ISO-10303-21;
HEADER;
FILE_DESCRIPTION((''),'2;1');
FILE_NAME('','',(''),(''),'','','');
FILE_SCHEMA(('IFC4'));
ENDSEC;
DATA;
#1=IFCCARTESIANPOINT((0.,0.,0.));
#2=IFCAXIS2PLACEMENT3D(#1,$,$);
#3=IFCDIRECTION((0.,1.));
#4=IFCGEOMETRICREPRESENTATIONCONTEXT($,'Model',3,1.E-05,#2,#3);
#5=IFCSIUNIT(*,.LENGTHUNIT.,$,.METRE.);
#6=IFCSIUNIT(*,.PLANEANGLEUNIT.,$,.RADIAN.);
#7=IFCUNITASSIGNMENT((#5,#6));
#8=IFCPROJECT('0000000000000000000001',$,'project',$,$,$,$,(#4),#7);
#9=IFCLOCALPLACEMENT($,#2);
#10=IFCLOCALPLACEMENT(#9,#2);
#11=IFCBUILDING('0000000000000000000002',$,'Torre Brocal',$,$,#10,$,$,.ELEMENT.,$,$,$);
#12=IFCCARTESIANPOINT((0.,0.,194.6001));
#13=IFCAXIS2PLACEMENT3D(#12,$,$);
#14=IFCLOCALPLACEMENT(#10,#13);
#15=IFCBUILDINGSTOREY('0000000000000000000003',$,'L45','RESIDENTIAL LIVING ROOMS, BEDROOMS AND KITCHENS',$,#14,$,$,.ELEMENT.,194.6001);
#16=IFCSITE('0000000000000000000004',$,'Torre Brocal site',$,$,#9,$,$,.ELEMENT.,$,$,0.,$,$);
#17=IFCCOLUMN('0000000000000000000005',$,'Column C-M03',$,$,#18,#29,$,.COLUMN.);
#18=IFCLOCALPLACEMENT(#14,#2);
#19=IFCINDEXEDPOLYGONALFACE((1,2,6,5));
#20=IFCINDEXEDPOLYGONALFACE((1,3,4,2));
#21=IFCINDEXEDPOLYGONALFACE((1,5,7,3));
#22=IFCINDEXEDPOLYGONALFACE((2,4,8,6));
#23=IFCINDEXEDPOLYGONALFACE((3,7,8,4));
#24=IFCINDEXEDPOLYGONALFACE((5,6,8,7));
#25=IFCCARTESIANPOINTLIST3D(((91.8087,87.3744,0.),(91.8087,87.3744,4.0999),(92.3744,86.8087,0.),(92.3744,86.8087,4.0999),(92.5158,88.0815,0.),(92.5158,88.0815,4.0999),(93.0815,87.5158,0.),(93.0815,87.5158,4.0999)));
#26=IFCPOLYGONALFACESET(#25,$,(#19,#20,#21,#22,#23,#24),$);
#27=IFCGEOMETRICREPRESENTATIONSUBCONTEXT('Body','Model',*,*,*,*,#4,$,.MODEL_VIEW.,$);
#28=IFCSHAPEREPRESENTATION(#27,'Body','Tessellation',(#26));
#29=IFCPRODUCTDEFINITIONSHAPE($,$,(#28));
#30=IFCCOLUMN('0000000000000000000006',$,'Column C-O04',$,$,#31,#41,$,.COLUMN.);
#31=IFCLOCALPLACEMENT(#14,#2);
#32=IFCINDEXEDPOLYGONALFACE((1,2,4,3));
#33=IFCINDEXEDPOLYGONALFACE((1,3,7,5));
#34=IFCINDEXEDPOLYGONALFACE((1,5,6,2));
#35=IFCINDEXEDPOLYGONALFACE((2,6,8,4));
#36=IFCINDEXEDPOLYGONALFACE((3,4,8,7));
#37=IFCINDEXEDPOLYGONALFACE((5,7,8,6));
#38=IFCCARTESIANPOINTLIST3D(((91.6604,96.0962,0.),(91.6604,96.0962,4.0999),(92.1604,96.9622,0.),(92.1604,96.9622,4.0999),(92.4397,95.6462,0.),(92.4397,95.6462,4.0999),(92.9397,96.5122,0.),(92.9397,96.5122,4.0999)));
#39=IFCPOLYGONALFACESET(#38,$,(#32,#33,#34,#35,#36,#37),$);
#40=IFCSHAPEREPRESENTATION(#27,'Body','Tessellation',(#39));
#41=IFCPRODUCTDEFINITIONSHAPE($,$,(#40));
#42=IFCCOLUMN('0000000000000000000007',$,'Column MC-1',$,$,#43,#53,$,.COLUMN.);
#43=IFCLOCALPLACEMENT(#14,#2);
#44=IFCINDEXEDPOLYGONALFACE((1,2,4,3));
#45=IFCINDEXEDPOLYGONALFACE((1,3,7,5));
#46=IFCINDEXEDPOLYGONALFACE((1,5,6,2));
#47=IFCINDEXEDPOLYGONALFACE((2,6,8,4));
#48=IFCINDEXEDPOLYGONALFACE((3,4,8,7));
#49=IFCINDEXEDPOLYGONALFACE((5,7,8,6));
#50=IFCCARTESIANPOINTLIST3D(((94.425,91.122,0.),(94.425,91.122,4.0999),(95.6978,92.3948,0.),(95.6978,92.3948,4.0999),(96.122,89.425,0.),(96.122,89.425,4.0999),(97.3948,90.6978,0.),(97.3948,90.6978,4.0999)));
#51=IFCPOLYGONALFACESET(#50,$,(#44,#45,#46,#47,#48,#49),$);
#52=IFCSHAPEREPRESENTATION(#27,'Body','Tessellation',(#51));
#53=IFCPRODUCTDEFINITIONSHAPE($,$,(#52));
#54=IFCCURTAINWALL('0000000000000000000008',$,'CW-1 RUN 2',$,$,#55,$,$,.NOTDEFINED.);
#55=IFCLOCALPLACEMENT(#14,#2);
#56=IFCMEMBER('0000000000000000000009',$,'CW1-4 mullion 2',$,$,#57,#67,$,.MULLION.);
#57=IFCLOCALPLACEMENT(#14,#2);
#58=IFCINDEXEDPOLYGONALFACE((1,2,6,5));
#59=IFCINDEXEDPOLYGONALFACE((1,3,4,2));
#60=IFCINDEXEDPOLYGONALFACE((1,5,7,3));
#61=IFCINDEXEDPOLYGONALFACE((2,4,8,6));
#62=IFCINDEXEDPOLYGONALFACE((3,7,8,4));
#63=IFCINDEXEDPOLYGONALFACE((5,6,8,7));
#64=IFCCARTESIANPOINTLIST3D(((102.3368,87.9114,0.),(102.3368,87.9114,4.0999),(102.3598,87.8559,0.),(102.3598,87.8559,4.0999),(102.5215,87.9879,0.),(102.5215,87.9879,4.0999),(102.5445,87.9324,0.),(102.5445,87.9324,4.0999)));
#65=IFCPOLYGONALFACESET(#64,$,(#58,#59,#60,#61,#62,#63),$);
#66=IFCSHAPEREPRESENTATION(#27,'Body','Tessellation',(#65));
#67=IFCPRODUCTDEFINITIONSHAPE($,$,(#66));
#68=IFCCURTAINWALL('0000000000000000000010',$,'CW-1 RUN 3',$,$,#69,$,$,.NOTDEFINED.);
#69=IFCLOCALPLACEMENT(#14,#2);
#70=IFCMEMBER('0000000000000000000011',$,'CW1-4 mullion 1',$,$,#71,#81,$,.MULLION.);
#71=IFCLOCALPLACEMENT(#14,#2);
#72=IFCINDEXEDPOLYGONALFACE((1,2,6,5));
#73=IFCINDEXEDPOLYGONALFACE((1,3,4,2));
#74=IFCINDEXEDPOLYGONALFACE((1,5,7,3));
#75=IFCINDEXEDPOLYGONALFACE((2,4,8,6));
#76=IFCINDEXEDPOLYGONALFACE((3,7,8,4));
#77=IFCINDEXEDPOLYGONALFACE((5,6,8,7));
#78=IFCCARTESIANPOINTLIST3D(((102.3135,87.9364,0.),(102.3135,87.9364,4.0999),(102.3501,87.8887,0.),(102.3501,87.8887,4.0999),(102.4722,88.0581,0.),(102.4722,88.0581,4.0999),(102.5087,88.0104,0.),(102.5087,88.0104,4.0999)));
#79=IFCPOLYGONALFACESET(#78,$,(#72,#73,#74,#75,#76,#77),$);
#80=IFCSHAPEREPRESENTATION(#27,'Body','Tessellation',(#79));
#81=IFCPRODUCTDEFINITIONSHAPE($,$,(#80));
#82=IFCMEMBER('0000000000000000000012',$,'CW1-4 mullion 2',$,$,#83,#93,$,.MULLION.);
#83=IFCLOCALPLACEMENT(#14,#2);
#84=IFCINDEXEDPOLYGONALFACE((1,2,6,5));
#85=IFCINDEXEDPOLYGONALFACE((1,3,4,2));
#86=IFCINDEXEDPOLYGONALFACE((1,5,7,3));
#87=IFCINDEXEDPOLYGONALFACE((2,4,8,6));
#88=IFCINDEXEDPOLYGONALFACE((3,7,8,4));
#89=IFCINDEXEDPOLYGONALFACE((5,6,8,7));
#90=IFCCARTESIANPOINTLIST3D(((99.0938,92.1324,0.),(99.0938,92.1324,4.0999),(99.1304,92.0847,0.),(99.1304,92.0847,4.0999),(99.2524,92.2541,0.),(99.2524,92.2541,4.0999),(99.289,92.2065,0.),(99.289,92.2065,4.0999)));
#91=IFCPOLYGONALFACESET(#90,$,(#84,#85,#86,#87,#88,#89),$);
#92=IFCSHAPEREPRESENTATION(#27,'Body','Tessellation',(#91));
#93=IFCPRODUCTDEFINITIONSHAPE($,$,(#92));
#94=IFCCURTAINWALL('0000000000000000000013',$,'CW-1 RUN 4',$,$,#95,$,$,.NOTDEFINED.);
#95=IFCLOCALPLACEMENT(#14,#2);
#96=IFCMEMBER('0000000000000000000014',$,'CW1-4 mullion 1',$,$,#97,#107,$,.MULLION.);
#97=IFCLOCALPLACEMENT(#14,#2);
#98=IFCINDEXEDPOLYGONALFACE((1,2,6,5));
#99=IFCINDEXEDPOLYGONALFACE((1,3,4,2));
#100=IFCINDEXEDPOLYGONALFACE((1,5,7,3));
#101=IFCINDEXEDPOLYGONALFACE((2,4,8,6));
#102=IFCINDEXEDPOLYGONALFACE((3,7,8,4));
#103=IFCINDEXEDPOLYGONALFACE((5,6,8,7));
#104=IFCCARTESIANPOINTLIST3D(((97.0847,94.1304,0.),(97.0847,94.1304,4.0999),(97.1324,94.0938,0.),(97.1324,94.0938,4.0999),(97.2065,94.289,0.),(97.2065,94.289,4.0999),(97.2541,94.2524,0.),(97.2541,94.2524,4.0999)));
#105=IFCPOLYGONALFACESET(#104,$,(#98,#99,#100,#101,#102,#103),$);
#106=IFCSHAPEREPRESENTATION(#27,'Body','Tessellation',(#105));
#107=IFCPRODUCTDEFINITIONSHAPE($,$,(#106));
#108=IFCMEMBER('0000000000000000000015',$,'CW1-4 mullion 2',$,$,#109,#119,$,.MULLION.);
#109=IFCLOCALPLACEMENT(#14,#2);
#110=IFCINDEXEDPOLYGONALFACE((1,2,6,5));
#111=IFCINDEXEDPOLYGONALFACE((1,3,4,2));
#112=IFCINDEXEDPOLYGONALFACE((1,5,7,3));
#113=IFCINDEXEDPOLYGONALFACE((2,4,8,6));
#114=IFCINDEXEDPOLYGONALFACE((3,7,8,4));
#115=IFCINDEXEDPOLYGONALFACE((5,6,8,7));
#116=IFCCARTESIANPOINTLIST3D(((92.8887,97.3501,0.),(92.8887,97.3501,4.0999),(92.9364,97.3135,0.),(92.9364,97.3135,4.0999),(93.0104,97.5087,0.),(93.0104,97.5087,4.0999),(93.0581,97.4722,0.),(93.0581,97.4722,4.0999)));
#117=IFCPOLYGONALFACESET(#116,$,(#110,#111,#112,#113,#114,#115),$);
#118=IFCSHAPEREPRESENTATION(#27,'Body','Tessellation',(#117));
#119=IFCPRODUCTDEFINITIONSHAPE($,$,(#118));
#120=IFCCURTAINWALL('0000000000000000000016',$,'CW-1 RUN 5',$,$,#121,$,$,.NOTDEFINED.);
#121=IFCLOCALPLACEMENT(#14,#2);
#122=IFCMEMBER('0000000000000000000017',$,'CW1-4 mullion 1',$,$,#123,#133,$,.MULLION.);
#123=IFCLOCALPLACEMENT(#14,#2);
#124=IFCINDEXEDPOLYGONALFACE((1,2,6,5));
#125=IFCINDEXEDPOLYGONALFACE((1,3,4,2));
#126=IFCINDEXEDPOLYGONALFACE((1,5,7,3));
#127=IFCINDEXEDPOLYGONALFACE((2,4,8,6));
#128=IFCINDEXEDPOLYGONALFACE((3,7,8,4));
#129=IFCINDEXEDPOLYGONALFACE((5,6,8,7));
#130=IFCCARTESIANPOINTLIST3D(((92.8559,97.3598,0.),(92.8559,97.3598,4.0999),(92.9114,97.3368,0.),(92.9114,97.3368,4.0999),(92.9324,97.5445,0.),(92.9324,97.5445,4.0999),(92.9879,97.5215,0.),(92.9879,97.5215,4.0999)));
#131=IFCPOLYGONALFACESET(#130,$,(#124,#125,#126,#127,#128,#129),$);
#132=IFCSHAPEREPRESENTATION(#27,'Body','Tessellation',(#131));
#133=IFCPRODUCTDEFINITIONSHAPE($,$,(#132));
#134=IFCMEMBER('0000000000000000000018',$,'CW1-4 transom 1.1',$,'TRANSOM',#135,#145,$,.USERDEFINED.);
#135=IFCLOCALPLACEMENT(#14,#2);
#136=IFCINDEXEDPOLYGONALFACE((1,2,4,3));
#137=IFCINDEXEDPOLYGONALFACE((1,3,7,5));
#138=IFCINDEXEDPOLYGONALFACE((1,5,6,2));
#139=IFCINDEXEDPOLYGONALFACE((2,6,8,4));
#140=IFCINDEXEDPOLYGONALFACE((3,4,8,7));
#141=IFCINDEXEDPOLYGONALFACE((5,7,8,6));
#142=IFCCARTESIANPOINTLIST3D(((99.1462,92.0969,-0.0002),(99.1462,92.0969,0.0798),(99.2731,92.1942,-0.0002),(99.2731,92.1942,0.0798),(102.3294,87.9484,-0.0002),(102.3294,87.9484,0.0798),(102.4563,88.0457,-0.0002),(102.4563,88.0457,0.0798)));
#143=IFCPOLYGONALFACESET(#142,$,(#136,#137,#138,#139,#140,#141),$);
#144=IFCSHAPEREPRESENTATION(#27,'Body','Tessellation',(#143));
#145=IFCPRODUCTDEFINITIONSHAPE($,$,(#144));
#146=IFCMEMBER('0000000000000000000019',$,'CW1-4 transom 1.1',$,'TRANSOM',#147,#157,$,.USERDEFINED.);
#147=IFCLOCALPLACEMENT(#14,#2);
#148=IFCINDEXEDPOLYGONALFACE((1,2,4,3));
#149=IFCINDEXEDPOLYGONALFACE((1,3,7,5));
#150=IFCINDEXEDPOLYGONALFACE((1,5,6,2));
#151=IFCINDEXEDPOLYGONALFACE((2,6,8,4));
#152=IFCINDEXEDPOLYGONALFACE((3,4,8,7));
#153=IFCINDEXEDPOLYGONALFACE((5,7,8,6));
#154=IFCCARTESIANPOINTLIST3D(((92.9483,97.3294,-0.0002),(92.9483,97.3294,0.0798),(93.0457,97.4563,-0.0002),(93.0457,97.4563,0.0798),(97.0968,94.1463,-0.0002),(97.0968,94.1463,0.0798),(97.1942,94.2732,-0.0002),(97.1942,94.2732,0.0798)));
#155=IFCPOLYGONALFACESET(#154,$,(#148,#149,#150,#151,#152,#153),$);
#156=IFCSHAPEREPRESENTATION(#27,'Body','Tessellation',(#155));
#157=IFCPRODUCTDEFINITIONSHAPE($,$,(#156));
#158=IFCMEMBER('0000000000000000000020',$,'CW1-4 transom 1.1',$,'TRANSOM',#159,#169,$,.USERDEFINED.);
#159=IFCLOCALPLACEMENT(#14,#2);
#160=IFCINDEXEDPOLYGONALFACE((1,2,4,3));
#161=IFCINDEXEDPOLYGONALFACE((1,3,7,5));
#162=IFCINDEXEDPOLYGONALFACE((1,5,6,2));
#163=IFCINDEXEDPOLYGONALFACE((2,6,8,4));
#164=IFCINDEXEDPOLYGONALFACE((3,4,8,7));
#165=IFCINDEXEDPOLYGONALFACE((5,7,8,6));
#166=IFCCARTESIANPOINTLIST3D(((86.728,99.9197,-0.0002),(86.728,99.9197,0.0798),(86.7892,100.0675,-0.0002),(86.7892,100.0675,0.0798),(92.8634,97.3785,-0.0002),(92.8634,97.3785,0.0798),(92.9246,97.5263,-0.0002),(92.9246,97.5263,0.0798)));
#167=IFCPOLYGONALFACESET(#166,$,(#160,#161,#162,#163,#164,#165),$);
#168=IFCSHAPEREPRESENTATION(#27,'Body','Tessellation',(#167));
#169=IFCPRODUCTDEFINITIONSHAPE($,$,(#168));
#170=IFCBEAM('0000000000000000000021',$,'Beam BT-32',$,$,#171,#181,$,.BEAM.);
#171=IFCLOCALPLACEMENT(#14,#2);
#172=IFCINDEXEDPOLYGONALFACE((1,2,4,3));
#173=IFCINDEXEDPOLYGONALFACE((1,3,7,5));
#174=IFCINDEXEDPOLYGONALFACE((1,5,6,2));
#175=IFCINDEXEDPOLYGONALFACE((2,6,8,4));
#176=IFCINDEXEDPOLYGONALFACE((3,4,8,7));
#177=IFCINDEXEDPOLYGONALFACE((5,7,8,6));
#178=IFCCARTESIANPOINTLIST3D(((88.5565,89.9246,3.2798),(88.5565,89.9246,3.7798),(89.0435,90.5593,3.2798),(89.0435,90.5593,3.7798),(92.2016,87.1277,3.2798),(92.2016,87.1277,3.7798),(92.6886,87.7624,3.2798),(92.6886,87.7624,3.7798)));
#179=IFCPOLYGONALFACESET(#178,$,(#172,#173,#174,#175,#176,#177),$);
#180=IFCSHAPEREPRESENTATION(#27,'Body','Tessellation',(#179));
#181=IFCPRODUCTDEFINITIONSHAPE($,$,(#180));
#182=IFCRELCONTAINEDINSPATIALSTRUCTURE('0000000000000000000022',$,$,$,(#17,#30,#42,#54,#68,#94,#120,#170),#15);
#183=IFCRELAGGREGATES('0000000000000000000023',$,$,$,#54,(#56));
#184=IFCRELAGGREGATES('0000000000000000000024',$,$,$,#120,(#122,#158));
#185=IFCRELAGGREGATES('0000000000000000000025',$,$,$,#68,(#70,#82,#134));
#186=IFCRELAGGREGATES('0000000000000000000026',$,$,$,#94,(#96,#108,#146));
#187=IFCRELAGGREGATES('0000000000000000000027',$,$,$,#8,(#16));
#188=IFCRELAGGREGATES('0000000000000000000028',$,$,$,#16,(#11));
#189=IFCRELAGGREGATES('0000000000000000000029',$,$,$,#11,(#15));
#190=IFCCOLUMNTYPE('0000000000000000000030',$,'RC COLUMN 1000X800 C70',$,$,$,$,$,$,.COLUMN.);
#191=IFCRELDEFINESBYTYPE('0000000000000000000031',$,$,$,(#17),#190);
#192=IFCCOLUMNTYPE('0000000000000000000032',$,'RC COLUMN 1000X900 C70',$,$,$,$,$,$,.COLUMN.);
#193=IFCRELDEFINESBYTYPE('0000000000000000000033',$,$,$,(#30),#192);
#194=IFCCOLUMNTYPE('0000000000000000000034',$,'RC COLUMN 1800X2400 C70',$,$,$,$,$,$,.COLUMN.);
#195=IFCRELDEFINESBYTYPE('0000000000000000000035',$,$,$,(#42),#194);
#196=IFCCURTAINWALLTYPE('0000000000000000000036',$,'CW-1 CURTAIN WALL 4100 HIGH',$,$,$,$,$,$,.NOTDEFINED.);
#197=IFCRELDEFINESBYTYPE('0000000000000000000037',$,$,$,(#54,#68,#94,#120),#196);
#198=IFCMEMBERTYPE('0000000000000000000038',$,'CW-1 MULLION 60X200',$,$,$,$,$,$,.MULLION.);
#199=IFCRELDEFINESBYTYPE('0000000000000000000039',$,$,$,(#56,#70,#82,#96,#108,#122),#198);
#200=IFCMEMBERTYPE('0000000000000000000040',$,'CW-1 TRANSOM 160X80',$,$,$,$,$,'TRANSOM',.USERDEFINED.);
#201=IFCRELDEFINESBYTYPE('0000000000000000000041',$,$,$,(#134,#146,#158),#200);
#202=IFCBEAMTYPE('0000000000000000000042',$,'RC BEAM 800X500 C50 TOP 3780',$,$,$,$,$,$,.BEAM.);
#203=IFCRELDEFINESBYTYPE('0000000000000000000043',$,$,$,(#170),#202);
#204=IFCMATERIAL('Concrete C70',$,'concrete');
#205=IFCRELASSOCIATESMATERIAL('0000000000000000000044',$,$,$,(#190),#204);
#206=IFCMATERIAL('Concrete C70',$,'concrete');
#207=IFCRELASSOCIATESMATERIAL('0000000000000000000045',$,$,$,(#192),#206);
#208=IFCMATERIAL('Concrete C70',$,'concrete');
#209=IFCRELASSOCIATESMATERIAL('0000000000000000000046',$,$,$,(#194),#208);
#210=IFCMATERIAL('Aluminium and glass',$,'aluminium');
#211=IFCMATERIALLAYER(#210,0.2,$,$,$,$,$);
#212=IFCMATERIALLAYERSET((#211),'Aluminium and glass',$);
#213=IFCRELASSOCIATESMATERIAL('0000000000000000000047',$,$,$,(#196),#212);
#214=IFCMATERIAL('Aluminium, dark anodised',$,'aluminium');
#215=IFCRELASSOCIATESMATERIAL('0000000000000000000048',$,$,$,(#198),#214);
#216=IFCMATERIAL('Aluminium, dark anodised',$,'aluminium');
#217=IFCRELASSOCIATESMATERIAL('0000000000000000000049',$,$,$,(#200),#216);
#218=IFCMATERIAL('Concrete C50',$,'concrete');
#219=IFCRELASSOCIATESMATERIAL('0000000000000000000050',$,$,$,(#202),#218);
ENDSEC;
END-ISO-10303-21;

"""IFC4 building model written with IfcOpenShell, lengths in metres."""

from ifc_helpers import new_model, si_unit, direction, frame, origin, origin_2d, place, context, subcontext, project, spatial, rectangle, extrude, material, layer, layer_set, material_profile, profile_set, type_object, element, aggregate, save


model = new_model("IFC4")

# Units and contexts
model_context = context("Model", 3, precision=1e-05, world=origin(), true_north=direction((0.0, 1.0)))
body_context = subcontext(model_context, "Body", "Model", "MODEL_VIEW")
ifc_project = project(units=[si_unit("LENGTHUNIT", "METRE"), si_unit("PLANEANGLEUNIT", "RADIAN")], contexts=[model_context])

# Site, building, storey
site_placement = place(None, origin())
site = spatial("IfcSite", under=ifc_project, at=site_placement, Name="Torre Brocal site", CompositionType="ELEMENT", RefElevation=0.0)
building_placement = place(site_placement, origin())
building = spatial("IfcBuilding", under=site, at=building_placement, Name="Torre Brocal", CompositionType="ELEMENT")
storey_placement = place(building_placement, frame((0.0, 0.0, 194.6001)))
storey = spatial("IfcBuildingStorey", under=building, at=storey_placement, Name="L45", Description="RESIDENTIAL LIVING ROOMS, BEDROOMS AND KITCHENS", CompositionType="ELEMENT", Elevation=194.6001)

# Columns
ifc_material_1 = material(Name="Concrete C70", Category="concrete")
ifc_material_profile_1 = material_profile(ifc_material_1, rectangle(XDim=1.0, YDim=0.8, at=origin_2d()), Name="RC 1000X800")
ifc_profile_set_1 = profile_set([ifc_material_profile_1], Name="Concrete C70")
column_type_1 = type_object("IfcColumnType", Name="RC COLUMN 1000X800 C70", PredefinedType="COLUMN", material=ifc_profile_set_1)
column_1_placement = place(storey_placement, frame((92.4451, 87.4451, 0.0), z_axis=(0.0, 0.0, 1.0), x_axis=(0.707107, 0.707107, 0.0)))
element("IfcColumn", 1, at=column_1_placement, inside=storey, type_object=column_type_1, Name="Column C-M03", PredefinedType="COLUMN", context=body_context, shape_type="SweptSolid", body=[
    extrude(rectangle(XDim=1.0, YDim=0.8, at=origin_2d()), origin(), (0.0, 0.0, 1.0), 4.0999),
])
ifc_material_2 = material(Name="Concrete C70", Category="concrete")
ifc_material_profile_2 = material_profile(ifc_material_2, rectangle(XDim=1.0, YDim=0.8999, at=origin_2d()), Name="RC 1000X900")
ifc_profile_set_2 = profile_set([ifc_material_profile_2], Name="Concrete C70")
column_type_2 = type_object("IfcColumnType", Name="RC COLUMN 1000X900 C70", PredefinedType="COLUMN", material=ifc_profile_set_2)
column_2_placement = place(storey_placement, frame((92.3, 96.3042, 0.0), z_axis=(0.0, 0.0, 1.0), x_axis=(0.5, 0.866025, 0.0)))
element("IfcColumn", 2, at=column_2_placement, inside=storey, type_object=column_type_2, Name="Column C-O04", PredefinedType="COLUMN", context=body_context, shape_type="SweptSolid", body=[
    extrude(rectangle(XDim=1.0, YDim=0.8999, at=origin_2d()), origin(), (0.0, 0.0, 1.0), 4.0999),
])
ifc_material_3 = material(Name="Concrete C70", Category="concrete")
ifc_material_profile_3 = material_profile(ifc_material_3, rectangle(XDim=1.8, YDim=2.3999, at=origin_2d()), Name="RC 1800X2400")
ifc_profile_set_3 = profile_set([ifc_material_profile_3], Name="Concrete C70")
column_type_3 = type_object("IfcColumnType", Name="RC COLUMN 1800X2400 C70", PredefinedType="COLUMN", material=ifc_profile_set_3)
column_3_placement = place(storey_placement, frame((95.9099, 90.9099, 0.0), z_axis=(0.0, 0.0, 1.0), x_axis=(0.707107, 0.707107, 0.0)))
element("IfcColumn", 3, at=column_3_placement, inside=storey, type_object=column_type_3, Name="Column MC-1", PredefinedType="COLUMN", context=body_context, shape_type="SweptSolid", body=[
    extrude(rectangle(XDim=1.8, YDim=2.3999, at=origin_2d()), origin(), (0.0, 0.0, 1.0), 4.0999),
])

# Curtain wall, member
ifc_material_4 = material(Name="Aluminium and glass", Category="aluminium")
ifc_layer_1 = layer(ifc_material_4, 0.2)
ifc_layer_set_1 = layer_set([ifc_layer_1], Name="Aluminium and glass")
curtain_wall_type = type_object("IfcCurtainWallType", Name="CW-1 CURTAIN WALL 4100 HIGH", PredefinedType="NOTDEFINED", material=ifc_layer_set_1)
curtain_wall_1_placement = place(storey_placement, origin())
curtain_wall_1 = element("IfcCurtainWall", 4, at=curtain_wall_1_placement, inside=storey, type_object=curtain_wall_type, Name="CW-1 RUN 2", PredefinedType="NOTDEFINED")
ifc_material_5 = material(Name="Aluminium, dark anodised", Category="aluminium")
ifc_material_profile_4 = material_profile(ifc_material_5, rectangle(XDim=0.2, YDim=0.0601, at=origin_2d()), Name="CW-1 MULLION 60X200")
ifc_profile_set_4 = profile_set([ifc_material_profile_4], Name="Aluminium, dark anodised")
member_type_1 = type_object("IfcMemberType", Name="CW-1 MULLION 60X200", PredefinedType="MULLION", material=ifc_profile_set_4)
member_1_placement = place(storey_placement, frame((102.4407, 87.9219, 0.0), z_axis=(0.0, 0.0, 1.0), x_axis=(-0.92388, -0.382683, 0.0)))
member_1 = element("IfcMember", 5, at=member_1_placement, type_object=member_type_1, Name="CW1-4 mullion 2", PredefinedType="MULLION", context=body_context, shape_type="SweptSolid", body=[
    extrude(rectangle(XDim=0.2, YDim=0.0601, at=origin_2d()), origin(), (0.0, 0.0, 1.0), 4.0999),
])
aggregate(curtain_wall_1, [member_1])

# Curtain walls, members
curtain_wall_2_placement = place(storey_placement, origin())
curtain_wall_2 = element("IfcCurtainWall", 6, at=curtain_wall_2_placement, inside=storey, type_object=curtain_wall_type, Name="CW-1 RUN 3", PredefinedType="NOTDEFINED")
member_2_placement = place(storey_placement, frame((102.4111, 87.9734, 0.0), z_axis=(0.0, 0.0, 1.0), x_axis=(-0.793353, -0.608761, 0.0)))
member_2 = element("IfcMember", 7, at=member_2_placement, type_object=member_type_1, Name="CW1-4 mullion 1", PredefinedType="MULLION", context=body_context, shape_type="SweptSolid", body=[
    extrude(rectangle(XDim=0.2, YDim=0.0601, at=origin_2d()), origin(), (0.0, 0.0, 1.0), 4.0999),
])
member_3_placement = place(storey_placement, frame((99.1914, 92.1694, 0.0), z_axis=(0.0, 0.0, 1.0), x_axis=(-0.793353, -0.608761, 0.0)))
member_3 = element("IfcMember", 8, at=member_3_placement, type_object=member_type_1, Name="CW1-4 mullion 2", PredefinedType="MULLION", context=body_context, shape_type="SweptSolid", body=[
    extrude(rectangle(XDim=0.2, YDim=0.0601, at=origin_2d()), origin(), (0.0, 0.0, 1.0), 4.0999),
])
curtain_wall_3_placement = place(storey_placement, origin())
curtain_wall_3 = element("IfcCurtainWall", 9, at=curtain_wall_3_placement, inside=storey, type_object=curtain_wall_type, Name="CW-1 RUN 4", PredefinedType="NOTDEFINED")
member_4_placement = place(storey_placement, frame((97.1694, 94.1914, 0.0), z_axis=(0.0, 0.0, 1.0), x_axis=(-0.608761, -0.793353, 0.0)))
member_4 = element("IfcMember", 10, at=member_4_placement, type_object=member_type_1, Name="CW1-4 mullion 1", PredefinedType="MULLION", context=body_context, shape_type="SweptSolid", body=[
    extrude(rectangle(XDim=0.2, YDim=0.0601, at=origin_2d()), origin(), (0.0, 0.0, 1.0), 4.0999),
])
member_5_placement = place(storey_placement, frame((92.9734, 97.4111, 0.0), z_axis=(0.0, 0.0, 1.0), x_axis=(-0.608761, -0.793353, 0.0)))
member_5 = element("IfcMember", 11, at=member_5_placement, type_object=member_type_1, Name="CW1-4 mullion 2", PredefinedType="MULLION", context=body_context, shape_type="SweptSolid", body=[
    extrude(rectangle(XDim=0.2, YDim=0.0601, at=origin_2d()), origin(), (0.0, 0.0, 1.0), 4.0999),
])

# Curtain wall, member
curtain_wall_4_placement = place(storey_placement, origin())
curtain_wall_4 = element("IfcCurtainWall", 12, at=curtain_wall_4_placement, inside=storey, type_object=curtain_wall_type, Name="CW-1 RUN 5", PredefinedType="NOTDEFINED")
member_6_placement = place(storey_placement, frame((92.9219, 97.4407, 0.0), z_axis=(0.0, 0.0, 1.0), x_axis=(-0.382683, -0.92388, 0.0)))
member_6 = element("IfcMember", 13, at=member_6_placement, type_object=member_type_1, Name="CW1-4 mullion 1", PredefinedType="MULLION", context=body_context, shape_type="SweptSolid", body=[
    extrude(rectangle(XDim=0.2, YDim=0.0601, at=origin_2d()), origin(), (0.0, 0.0, 1.0), 4.0999),
])

# Members
ifc_material_6 = material(Name="Aluminium, dark anodised", Category="aluminium")
ifc_material_profile_5 = material_profile(ifc_material_6, rectangle(XDim=0.1599, YDim=0.0801, at=origin_2d()), Name="CW-1 TRANSOM 160X80")
ifc_profile_set_5 = profile_set([ifc_material_profile_5], Name="Aluminium, dark anodised")
member_type_2 = type_object("IfcMemberType", Name="CW-1 TRANSOM 160X80", ElementType="TRANSOM", PredefinedType="USERDEFINED", material=ifc_profile_set_5)
member_7_placement = place(storey_placement, frame((102.3928, 87.9971, 0.0398), z_axis=(-0.608749, 0.793363, 0.0), x_axis=(-0.793363, -0.608749, 0.0)))
member_7 = element("IfcMember", 14, at=member_7_placement, type_object=member_type_2, Name="CW1-4 transom 1.1", ObjectType="TRANSOM", PredefinedType="USERDEFINED", context=body_context, shape_type="SweptSolid", body=[
    extrude(rectangle(XDim=0.1599, YDim=0.0801, at=origin_2d()), origin(), (0.0, 0.0, 1.0), 5.229),
])
member_8_placement = place(storey_placement, frame((97.1455, 94.2097, 0.0398), z_axis=(-0.793363, 0.608749, 0.0), x_axis=(-0.608749, -0.793363, 0.0)))
member_8 = element("IfcMember", 15, at=member_8_placement, type_object=member_type_2, Name="CW1-4 transom 1.1", ObjectType="TRANSOM", PredefinedType="USERDEFINED", context=body_context, shape_type="SweptSolid", body=[
    extrude(rectangle(XDim=0.1599, YDim=0.0801, at=origin_2d()), origin(), (0.0, 0.0, 1.0), 5.229),
])
member_9_placement = place(storey_placement, frame((92.894, 97.4524, 0.0398), z_axis=(-0.923887, 0.382665, 0.0), x_axis=(-0.382665, -0.923887, 0.0)))
member_9 = element("IfcMember", 16, at=member_9_placement, type_object=member_type_2, Name="CW1-4 transom 1.1", ObjectType="TRANSOM", PredefinedType="USERDEFINED", context=body_context, shape_type="SweptSolid", body=[
    extrude(rectangle(XDim=0.1599, YDim=0.0801, at=origin_2d()), origin(), (0.0, 0.0, 1.0), 6.6409),
])
aggregate(curtain_wall_4, [member_6, member_9])

# Beam
ifc_material_7 = material(Name="Concrete C50", Category="concrete")
ifc_material_profile_6 = material_profile(ifc_material_7, rectangle(XDim=0.8, YDim=0.5, at=origin_2d()), Name="RC 800X500")
ifc_profile_set_6 = profile_set([ifc_material_profile_6], Name="Concrete C50")
beam_type_1 = type_object("IfcBeamType", Name="RC BEAM 800X500 C50 TOP 3780", PredefinedType="BEAM", material=ifc_profile_set_6)
beam_1_placement = place(storey_placement, frame((92.4451, 87.4451, 3.5298), z_axis=(-0.793358, 0.608755, 0.0), x_axis=(-0.608755, -0.793358, 0.0)))
element("IfcBeam", 17, at=beam_1_placement, inside=storey, type_object=beam_type_1, Name="Beam BT-32", PredefinedType="BEAM", context=body_context, shape_type="SweptSolid", body=[
    extrude(rectangle(XDim=0.8, YDim=0.5, at=origin_2d()), origin(), (0.0, 0.0, 1.0), 4.5945),
])

aggregate(curtain_wall_2, [member_2, member_3, member_7])
aggregate(curtain_wall_3, [member_4, member_5, member_8])

save(model, "model.ifc")
